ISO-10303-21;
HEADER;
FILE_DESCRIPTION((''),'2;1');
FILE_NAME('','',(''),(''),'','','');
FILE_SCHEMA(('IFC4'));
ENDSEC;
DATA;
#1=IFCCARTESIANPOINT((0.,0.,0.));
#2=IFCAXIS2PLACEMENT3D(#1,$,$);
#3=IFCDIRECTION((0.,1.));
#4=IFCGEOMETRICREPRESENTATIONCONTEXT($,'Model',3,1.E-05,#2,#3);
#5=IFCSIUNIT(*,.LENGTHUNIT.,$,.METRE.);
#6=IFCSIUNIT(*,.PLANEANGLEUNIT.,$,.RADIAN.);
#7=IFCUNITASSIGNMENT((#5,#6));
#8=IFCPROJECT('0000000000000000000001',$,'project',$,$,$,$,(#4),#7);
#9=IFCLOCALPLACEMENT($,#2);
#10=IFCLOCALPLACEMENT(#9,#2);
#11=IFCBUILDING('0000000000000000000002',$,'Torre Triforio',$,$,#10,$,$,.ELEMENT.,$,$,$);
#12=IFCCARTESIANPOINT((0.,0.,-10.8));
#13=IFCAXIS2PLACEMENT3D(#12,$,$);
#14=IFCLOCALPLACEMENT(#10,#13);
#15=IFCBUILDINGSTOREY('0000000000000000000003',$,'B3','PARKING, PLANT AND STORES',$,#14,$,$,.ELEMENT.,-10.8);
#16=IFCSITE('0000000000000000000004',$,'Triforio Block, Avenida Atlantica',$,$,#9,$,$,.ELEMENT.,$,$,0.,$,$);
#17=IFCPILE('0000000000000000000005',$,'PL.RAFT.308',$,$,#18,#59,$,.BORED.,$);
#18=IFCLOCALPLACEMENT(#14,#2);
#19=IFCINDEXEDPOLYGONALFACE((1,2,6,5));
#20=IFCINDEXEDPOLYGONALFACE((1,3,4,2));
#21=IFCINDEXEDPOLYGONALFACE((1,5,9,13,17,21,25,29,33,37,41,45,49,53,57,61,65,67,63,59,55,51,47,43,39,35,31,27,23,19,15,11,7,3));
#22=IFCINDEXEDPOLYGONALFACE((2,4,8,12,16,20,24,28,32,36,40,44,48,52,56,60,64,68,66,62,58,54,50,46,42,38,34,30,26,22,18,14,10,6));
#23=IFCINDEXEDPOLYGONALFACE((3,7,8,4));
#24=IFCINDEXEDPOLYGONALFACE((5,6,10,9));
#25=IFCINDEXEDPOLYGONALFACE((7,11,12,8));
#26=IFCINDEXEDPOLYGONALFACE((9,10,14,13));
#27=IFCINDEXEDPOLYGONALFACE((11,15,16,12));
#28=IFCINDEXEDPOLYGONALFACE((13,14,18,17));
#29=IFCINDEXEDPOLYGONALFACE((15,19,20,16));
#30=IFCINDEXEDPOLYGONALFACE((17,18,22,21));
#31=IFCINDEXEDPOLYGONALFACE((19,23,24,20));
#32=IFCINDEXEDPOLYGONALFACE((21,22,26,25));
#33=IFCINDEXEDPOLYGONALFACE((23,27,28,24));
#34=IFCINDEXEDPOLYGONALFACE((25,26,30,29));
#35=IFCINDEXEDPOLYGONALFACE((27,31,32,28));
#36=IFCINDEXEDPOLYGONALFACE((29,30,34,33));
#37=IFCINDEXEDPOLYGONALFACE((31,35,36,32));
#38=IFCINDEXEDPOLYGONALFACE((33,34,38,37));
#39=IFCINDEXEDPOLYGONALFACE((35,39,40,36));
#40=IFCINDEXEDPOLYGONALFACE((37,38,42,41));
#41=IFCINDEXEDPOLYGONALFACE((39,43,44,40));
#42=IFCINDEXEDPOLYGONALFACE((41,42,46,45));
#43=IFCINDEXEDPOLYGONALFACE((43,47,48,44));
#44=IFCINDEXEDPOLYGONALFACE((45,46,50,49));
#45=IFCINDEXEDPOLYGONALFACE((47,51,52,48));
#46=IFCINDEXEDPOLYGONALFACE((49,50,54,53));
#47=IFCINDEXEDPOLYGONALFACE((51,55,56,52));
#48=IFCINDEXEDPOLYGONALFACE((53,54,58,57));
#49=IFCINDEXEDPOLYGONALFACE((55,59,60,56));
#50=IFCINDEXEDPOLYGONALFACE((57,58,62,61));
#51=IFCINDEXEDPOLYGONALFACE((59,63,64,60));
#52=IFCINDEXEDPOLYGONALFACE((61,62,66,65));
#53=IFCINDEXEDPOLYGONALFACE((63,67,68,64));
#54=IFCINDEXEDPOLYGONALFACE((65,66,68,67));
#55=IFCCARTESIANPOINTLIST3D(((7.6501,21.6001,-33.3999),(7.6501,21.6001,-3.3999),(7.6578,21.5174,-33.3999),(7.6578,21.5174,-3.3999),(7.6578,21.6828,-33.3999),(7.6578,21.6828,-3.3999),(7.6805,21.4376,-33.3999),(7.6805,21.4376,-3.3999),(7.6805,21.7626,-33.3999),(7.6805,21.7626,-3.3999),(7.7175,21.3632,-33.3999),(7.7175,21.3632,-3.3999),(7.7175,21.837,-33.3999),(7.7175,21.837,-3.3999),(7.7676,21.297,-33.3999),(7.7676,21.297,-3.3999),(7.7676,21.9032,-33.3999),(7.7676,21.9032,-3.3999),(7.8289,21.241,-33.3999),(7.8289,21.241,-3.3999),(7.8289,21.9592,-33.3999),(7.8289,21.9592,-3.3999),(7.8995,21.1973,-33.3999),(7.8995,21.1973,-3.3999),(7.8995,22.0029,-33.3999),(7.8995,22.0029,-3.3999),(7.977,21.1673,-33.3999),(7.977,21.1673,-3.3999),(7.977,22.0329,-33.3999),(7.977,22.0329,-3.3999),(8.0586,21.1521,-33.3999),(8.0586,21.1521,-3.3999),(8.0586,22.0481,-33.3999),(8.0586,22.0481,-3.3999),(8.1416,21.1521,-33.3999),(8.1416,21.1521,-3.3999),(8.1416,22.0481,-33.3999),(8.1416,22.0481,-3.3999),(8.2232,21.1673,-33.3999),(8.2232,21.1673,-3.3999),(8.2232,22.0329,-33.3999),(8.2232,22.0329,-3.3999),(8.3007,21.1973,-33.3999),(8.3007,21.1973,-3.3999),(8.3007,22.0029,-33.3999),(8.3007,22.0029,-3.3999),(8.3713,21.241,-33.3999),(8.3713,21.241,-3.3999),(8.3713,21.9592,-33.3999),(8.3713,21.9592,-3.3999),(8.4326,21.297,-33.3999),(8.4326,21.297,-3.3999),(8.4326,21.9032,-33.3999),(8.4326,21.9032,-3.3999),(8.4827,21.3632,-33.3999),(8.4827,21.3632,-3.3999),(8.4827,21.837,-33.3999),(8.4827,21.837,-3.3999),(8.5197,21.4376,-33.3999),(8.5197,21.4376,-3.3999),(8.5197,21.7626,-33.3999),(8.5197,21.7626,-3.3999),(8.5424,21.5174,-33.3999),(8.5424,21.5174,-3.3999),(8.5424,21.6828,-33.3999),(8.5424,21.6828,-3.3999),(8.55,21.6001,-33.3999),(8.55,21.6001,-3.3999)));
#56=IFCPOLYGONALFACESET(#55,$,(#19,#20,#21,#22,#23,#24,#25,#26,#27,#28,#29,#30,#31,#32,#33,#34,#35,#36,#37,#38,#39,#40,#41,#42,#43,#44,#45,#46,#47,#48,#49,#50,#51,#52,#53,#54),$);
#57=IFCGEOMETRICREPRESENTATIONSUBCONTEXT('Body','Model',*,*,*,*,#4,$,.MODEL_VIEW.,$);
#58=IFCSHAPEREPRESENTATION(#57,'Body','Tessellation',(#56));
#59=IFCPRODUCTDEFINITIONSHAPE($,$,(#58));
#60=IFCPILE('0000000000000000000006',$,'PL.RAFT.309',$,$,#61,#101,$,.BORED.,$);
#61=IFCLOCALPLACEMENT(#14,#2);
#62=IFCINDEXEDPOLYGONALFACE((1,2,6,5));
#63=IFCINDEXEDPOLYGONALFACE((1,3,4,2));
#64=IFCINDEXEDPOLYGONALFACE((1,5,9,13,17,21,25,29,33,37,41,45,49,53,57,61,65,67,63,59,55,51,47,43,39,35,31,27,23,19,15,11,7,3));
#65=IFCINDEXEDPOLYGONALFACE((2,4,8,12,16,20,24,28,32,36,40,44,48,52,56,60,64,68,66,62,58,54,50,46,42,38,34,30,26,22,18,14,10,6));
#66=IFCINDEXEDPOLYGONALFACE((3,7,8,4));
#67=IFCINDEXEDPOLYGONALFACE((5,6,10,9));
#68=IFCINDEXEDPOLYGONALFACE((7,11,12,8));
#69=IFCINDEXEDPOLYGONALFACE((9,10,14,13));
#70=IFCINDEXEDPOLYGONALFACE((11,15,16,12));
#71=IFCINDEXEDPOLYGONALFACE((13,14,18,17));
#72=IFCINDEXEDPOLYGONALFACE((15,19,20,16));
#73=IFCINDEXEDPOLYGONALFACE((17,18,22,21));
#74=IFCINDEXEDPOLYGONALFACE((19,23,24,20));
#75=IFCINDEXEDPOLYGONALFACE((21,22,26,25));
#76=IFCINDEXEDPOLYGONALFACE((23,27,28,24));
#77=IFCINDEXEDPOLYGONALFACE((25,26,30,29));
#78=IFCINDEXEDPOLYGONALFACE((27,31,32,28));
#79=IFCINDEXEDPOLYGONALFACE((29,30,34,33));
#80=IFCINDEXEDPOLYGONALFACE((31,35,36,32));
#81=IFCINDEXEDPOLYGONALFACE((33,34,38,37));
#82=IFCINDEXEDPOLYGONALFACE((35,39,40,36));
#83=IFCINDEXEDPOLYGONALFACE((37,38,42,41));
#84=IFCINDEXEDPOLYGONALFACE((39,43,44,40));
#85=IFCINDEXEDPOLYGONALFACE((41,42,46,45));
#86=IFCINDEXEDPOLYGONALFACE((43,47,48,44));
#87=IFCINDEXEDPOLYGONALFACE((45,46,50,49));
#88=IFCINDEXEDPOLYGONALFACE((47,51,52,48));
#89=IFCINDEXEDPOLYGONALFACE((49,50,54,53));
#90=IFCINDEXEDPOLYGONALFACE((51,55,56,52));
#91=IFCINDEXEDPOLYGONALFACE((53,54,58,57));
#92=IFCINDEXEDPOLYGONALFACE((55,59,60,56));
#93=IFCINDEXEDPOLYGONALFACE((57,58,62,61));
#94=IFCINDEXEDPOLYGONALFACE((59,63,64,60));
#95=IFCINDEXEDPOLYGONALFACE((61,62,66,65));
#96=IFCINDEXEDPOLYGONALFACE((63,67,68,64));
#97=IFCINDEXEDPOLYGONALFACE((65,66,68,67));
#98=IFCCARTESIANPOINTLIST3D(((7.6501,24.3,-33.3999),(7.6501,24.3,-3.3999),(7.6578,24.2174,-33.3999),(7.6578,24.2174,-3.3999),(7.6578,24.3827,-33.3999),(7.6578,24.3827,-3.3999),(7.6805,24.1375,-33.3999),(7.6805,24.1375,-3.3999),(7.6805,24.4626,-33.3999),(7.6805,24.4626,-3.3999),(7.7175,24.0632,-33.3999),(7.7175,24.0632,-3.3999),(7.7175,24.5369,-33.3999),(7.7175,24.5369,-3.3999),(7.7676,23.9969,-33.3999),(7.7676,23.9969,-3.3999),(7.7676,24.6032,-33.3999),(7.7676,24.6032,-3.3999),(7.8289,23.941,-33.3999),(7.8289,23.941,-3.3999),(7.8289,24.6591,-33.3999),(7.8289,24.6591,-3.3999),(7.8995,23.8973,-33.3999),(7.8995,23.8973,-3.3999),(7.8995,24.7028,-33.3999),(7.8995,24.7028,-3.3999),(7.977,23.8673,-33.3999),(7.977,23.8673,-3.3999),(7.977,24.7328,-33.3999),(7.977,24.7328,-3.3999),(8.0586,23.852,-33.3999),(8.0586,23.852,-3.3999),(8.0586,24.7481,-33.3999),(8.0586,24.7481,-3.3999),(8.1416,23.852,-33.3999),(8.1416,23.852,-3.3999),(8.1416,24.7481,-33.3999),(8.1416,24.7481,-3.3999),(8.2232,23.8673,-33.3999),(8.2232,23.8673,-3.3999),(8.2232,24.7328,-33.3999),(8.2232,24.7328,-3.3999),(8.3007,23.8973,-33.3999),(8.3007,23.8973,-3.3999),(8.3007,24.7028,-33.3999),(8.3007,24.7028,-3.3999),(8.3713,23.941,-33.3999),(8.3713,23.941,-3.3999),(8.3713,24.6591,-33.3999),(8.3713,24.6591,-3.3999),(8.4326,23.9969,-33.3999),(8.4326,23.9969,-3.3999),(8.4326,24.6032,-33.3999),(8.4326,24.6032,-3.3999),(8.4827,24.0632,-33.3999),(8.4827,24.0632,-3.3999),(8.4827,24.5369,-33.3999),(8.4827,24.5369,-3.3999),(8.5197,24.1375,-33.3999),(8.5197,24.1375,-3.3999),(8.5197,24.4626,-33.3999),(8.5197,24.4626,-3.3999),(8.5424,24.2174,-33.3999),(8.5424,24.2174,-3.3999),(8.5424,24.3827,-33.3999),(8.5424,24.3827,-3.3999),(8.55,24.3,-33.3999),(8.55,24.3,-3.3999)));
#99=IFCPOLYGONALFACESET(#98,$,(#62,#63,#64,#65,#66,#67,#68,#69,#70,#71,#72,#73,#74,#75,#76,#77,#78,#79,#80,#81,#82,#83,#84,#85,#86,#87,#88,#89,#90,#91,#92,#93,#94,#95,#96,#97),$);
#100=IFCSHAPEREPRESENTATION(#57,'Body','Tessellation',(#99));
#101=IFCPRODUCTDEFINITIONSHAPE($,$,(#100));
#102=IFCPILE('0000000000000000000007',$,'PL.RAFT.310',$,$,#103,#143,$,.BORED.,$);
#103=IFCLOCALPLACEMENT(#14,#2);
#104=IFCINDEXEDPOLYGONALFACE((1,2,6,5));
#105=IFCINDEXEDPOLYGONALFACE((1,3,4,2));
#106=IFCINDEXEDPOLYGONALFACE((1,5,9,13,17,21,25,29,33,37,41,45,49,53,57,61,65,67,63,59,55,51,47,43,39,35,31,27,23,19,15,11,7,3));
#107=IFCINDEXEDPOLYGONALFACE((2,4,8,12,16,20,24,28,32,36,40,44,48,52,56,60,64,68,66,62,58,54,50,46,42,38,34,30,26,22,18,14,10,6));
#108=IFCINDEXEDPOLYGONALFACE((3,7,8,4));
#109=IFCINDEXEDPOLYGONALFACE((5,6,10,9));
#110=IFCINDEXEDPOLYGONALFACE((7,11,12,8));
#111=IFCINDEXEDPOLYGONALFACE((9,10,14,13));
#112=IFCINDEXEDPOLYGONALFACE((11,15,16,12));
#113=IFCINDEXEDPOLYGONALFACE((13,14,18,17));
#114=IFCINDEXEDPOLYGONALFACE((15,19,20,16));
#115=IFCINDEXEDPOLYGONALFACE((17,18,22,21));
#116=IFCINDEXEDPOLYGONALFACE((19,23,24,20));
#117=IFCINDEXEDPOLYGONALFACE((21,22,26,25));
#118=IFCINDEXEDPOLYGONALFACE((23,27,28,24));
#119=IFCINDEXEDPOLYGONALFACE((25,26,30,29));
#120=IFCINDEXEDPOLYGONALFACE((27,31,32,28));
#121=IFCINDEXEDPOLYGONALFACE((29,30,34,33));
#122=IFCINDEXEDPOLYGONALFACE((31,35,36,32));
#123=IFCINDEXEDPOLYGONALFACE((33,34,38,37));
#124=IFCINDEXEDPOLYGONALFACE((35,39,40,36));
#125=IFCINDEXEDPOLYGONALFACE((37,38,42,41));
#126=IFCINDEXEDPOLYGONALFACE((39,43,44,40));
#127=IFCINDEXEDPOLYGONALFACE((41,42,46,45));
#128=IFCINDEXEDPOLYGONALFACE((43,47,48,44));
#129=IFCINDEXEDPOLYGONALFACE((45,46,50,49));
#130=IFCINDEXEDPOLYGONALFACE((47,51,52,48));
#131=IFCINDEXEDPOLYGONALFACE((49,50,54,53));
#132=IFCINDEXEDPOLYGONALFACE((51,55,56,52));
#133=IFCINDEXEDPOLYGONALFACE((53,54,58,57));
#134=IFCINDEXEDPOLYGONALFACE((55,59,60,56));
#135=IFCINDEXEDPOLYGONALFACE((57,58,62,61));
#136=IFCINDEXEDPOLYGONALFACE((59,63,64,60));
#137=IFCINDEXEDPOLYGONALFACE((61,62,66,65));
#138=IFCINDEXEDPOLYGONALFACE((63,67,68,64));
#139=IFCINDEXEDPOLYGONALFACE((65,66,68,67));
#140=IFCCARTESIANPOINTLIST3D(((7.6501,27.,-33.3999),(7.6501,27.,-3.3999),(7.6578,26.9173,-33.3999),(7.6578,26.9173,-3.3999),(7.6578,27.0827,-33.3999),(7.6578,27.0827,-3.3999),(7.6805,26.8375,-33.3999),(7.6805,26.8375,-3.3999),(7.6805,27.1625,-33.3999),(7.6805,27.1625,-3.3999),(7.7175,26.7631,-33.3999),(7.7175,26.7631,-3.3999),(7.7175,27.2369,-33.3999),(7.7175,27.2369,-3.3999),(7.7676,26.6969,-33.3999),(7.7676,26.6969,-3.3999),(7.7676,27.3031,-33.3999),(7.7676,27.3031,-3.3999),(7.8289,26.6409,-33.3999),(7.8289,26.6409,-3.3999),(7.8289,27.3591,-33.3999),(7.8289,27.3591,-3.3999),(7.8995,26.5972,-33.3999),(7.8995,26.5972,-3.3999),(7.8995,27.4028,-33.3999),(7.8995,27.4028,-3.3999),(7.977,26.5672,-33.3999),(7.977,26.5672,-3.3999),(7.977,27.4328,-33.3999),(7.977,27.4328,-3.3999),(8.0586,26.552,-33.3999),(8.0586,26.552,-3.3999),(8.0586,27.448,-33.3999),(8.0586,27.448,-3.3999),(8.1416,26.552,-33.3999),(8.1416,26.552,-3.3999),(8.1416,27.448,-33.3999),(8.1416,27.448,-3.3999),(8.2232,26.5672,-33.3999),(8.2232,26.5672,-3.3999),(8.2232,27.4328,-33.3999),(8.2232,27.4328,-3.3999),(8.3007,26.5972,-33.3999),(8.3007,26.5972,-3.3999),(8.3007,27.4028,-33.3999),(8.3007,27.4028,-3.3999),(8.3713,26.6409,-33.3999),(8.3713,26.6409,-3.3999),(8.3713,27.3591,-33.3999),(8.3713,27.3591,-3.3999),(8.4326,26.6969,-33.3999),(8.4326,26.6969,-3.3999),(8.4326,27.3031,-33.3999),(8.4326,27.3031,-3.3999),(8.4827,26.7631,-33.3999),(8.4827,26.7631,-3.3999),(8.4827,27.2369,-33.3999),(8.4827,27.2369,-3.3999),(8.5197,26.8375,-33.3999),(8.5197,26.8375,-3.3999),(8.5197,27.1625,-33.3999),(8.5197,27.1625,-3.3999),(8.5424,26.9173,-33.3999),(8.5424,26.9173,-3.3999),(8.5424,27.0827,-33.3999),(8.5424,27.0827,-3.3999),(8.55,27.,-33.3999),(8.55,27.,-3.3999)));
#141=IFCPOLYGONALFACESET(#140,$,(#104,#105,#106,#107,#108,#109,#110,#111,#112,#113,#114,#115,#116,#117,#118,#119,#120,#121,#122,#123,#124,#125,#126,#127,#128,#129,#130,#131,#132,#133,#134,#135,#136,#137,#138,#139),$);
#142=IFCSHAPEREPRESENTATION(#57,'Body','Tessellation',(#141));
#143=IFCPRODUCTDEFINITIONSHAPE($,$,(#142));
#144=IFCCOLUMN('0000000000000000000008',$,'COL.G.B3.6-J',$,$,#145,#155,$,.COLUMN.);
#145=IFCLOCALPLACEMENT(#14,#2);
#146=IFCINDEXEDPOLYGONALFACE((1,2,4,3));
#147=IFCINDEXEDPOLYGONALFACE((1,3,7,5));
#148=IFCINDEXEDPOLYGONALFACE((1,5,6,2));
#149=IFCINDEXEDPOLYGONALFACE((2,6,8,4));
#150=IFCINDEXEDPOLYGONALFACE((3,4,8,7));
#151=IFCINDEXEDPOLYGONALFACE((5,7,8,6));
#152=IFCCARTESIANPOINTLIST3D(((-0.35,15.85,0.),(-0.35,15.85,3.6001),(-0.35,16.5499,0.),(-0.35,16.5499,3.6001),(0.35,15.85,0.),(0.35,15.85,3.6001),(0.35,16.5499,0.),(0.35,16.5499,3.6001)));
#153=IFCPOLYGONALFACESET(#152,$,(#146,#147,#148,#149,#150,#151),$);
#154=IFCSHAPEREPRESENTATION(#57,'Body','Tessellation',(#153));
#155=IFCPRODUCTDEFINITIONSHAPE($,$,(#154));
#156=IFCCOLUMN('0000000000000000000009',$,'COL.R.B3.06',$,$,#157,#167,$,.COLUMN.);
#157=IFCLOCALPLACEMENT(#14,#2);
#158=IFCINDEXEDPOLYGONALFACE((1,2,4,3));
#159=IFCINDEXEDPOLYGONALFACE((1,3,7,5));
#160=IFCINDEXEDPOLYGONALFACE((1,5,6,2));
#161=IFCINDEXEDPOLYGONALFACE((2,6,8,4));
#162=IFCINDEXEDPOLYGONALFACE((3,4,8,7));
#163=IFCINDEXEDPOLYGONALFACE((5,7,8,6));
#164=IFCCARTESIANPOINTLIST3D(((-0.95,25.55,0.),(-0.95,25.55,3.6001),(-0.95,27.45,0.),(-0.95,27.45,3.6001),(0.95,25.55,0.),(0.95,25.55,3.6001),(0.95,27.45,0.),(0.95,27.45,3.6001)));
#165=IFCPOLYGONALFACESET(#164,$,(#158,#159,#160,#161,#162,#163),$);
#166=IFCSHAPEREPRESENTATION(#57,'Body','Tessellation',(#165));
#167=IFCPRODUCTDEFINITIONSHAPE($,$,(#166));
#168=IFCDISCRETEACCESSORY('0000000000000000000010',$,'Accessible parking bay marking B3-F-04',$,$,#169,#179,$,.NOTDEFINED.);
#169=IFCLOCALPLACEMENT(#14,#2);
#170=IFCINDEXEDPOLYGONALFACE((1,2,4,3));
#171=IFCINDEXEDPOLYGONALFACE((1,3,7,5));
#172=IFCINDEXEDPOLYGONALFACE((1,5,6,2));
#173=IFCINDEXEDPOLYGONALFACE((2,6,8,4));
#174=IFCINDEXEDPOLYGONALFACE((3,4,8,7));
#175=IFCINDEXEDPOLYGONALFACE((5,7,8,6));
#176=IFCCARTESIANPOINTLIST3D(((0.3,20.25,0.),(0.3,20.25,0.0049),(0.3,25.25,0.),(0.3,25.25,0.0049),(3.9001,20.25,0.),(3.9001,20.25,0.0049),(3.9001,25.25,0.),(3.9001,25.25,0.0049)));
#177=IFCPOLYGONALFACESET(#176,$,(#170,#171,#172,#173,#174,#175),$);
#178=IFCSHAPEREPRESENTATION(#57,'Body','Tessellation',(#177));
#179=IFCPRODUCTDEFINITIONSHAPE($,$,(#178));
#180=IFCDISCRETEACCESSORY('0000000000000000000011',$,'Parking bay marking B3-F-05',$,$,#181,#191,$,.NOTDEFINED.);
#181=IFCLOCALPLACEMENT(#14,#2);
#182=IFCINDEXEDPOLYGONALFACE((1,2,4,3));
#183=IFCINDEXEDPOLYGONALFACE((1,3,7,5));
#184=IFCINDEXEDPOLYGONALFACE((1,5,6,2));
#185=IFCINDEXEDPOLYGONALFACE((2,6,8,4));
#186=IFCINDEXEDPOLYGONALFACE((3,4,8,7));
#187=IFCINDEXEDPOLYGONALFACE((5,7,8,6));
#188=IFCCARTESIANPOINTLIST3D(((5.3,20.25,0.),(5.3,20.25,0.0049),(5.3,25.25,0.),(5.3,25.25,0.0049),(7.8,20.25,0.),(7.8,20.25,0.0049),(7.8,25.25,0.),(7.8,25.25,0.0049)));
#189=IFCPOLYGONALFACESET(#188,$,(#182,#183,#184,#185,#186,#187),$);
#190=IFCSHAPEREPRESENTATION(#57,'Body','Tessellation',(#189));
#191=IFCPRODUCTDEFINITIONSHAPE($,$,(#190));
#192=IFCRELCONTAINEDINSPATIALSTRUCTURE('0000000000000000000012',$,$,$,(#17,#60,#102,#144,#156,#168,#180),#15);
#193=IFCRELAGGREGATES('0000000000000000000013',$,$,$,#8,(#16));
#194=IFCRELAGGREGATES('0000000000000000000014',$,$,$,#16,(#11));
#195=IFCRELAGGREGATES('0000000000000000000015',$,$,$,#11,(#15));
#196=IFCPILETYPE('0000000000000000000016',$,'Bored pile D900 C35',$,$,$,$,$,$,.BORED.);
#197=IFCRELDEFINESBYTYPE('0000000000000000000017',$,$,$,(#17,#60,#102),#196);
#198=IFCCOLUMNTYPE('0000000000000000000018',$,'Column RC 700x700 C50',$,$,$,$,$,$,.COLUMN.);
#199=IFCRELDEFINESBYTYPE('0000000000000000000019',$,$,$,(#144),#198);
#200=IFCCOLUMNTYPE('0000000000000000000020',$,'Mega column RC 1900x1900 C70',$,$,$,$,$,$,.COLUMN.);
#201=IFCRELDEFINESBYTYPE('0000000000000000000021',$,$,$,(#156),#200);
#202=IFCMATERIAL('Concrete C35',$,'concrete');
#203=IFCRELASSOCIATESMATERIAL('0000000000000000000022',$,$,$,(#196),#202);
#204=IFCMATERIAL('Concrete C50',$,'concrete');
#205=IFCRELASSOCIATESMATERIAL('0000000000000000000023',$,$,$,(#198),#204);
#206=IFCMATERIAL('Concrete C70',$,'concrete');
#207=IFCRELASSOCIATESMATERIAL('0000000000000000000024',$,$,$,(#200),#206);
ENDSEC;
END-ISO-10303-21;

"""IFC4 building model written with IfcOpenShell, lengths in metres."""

from ifc_helpers import new_model, si_unit, direction, frame, origin, origin_2d, place, context, subcontext, project, spatial, rectangle, circle, extrude, material, material_profile, profile_set, type_object, element, save


model = new_model("IFC4")

# Units and contexts
model_context = context("Model", 3, precision=1e-05, world=origin(), true_north=direction((0.0, 1.0)))
body_context = subcontext(model_context, "Body", "Model", "MODEL_VIEW")
ifc_project = project(units=[si_unit("LENGTHUNIT", "METRE"), si_unit("PLANEANGLEUNIT", "RADIAN")], contexts=[model_context])

# Site, building, storey
site_placement = place(None, origin())
site = spatial("IfcSite", under=ifc_project, at=site_placement, Name="Triforio Block, Avenida Atlantica", CompositionType="ELEMENT", RefElevation=0.0)
building_placement = place(site_placement, origin())
building = spatial("IfcBuilding", under=site, at=building_placement, Name="Torre Triforio", CompositionType="ELEMENT")
storey_placement = place(building_placement, frame((0.0, 0.0, -10.8)))
storey = spatial("IfcBuildingStorey", under=building, at=storey_placement, Name="B3", Description="PARKING, PLANT AND STORES", CompositionType="ELEMENT", Elevation=-10.8)

# Piles
ifc_material_1 = material(Name="Concrete C35", Category="concrete")
ifc_material_profile_1 = material_profile(ifc_material_1, circle(Radius=0.45, at=origin_2d()), Name="RC D900")
ifc_profile_set_1 = profile_set([ifc_material_profile_1], Name="Concrete C35")
pile_type = type_object("IfcPileType", Name="Bored pile D900 C35", PredefinedType="BORED", material=ifc_profile_set_1)
for number, where, z_axis, x_axis, name in (
    (1, (8.1001, 21.6001, -3.3999), (0.0, 0.0, -1.0), (1.0, 0.0, 0.0), "PL.RAFT.308"),
    (2, (8.1001, 24.3, -3.3999), (0.0, 0.0, -1.0), (1.0, 0.0, 0.0), "PL.RAFT.309"),
    (3, (8.1001, 27.0, -3.3999), (0.0, 0.0, -1.0), (1.0, 0.0, 0.0), "PL.RAFT.310"),
):
    element("IfcPile", number, at=place(storey_placement, frame(where, z_axis=z_axis, x_axis=x_axis)), inside=storey, type_object=pile_type, Name=name, PredefinedType="BORED", context=body_context, shape_type="SweptSolid", body=[
        extrude(circle(Radius=0.45, at=origin_2d()), origin(), (0.0, 0.0, 1.0), 30.0),
    ])

# Columns
ifc_material_2 = material(Name="Concrete C50", Category="concrete")
ifc_material_profile_2 = material_profile(ifc_material_2, rectangle(XDim=0.7, YDim=0.7, at=origin_2d()), Name="RC 700x700")
ifc_profile_set_2 = profile_set([ifc_material_profile_2], Name="Concrete C50")
column_type_1 = type_object("IfcColumnType", Name="Column RC 700x700 C50", PredefinedType="COLUMN", material=ifc_profile_set_2)
column_1_placement = place(storey_placement, frame((0.0, 16.2, 0.0), z_axis=(0.0, 0.0, 1.0), x_axis=(1.0, 0.0, 0.0)))
element("IfcColumn", 4, at=column_1_placement, inside=storey, type_object=column_type_1, Name="COL.G.B3.6-J", PredefinedType="COLUMN", context=body_context, shape_type="SweptSolid", body=[
    extrude(rectangle(XDim=0.7, YDim=0.7, at=origin_2d()), origin(), (0.0, 0.0, 1.0), 3.6001),
])
ifc_material_3 = material(Name="Concrete C70", Category="concrete")
ifc_material_profile_3 = material_profile(ifc_material_3, rectangle(XDim=1.8999, YDim=1.8999, at=origin_2d()), Name="RC 1900x1900")
ifc_profile_set_3 = profile_set([ifc_material_profile_3], Name="Concrete C70")
column_type_2 = type_object("IfcColumnType", Name="Mega column RC 1900x1900 C70", PredefinedType="COLUMN", material=ifc_profile_set_3)
column_2_placement = place(storey_placement, frame((0.0, 26.5, 0.0), z_axis=(0.0, 0.0, 1.0), x_axis=(-1.0, 0.0, 0.0)))
element("IfcColumn", 5, at=column_2_placement, inside=storey, type_object=column_type_2, Name="COL.R.B3.06", PredefinedType="COLUMN", context=body_context, shape_type="SweptSolid", body=[
    extrude(rectangle(XDim=1.8999, YDim=1.8999, at=origin_2d()), origin(), (0.0, 0.0, 1.0), 3.6001),
])

# Discrete accessories
discrete_accessory_1_placement = place(storey_placement, frame((2.1001, 22.75, 0.0), z_axis=(0.0, 0.0, 1.0), x_axis=(1.0, 0.0, 0.0)))
element("IfcDiscreteAccessory", 6, at=discrete_accessory_1_placement, inside=storey, Name="Accessible parking bay marking B3-F-04", PredefinedType="NOTDEFINED", context=body_context, shape_type="SweptSolid", body=[
    extrude(rectangle(XDim=3.6001, YDim=5.0, at=origin_2d()), origin(), (0.0, 0.0, 1.0), 0.0049),
])
discrete_accessory_2_placement = place(storey_placement, frame((6.55, 22.75, 0.0), z_axis=(0.0, 0.0, 1.0), x_axis=(1.0, 0.0, 0.0)))
element("IfcDiscreteAccessory", 7, at=discrete_accessory_2_placement, inside=storey, Name="Parking bay marking B3-F-05", PredefinedType="NOTDEFINED", context=body_context, shape_type="SweptSolid", body=[
    extrude(rectangle(XDim=2.5, YDim=5.0, at=origin_2d()), origin(), (0.0, 0.0, 1.0), 0.0049),
])

save(model, "model.ifc")
